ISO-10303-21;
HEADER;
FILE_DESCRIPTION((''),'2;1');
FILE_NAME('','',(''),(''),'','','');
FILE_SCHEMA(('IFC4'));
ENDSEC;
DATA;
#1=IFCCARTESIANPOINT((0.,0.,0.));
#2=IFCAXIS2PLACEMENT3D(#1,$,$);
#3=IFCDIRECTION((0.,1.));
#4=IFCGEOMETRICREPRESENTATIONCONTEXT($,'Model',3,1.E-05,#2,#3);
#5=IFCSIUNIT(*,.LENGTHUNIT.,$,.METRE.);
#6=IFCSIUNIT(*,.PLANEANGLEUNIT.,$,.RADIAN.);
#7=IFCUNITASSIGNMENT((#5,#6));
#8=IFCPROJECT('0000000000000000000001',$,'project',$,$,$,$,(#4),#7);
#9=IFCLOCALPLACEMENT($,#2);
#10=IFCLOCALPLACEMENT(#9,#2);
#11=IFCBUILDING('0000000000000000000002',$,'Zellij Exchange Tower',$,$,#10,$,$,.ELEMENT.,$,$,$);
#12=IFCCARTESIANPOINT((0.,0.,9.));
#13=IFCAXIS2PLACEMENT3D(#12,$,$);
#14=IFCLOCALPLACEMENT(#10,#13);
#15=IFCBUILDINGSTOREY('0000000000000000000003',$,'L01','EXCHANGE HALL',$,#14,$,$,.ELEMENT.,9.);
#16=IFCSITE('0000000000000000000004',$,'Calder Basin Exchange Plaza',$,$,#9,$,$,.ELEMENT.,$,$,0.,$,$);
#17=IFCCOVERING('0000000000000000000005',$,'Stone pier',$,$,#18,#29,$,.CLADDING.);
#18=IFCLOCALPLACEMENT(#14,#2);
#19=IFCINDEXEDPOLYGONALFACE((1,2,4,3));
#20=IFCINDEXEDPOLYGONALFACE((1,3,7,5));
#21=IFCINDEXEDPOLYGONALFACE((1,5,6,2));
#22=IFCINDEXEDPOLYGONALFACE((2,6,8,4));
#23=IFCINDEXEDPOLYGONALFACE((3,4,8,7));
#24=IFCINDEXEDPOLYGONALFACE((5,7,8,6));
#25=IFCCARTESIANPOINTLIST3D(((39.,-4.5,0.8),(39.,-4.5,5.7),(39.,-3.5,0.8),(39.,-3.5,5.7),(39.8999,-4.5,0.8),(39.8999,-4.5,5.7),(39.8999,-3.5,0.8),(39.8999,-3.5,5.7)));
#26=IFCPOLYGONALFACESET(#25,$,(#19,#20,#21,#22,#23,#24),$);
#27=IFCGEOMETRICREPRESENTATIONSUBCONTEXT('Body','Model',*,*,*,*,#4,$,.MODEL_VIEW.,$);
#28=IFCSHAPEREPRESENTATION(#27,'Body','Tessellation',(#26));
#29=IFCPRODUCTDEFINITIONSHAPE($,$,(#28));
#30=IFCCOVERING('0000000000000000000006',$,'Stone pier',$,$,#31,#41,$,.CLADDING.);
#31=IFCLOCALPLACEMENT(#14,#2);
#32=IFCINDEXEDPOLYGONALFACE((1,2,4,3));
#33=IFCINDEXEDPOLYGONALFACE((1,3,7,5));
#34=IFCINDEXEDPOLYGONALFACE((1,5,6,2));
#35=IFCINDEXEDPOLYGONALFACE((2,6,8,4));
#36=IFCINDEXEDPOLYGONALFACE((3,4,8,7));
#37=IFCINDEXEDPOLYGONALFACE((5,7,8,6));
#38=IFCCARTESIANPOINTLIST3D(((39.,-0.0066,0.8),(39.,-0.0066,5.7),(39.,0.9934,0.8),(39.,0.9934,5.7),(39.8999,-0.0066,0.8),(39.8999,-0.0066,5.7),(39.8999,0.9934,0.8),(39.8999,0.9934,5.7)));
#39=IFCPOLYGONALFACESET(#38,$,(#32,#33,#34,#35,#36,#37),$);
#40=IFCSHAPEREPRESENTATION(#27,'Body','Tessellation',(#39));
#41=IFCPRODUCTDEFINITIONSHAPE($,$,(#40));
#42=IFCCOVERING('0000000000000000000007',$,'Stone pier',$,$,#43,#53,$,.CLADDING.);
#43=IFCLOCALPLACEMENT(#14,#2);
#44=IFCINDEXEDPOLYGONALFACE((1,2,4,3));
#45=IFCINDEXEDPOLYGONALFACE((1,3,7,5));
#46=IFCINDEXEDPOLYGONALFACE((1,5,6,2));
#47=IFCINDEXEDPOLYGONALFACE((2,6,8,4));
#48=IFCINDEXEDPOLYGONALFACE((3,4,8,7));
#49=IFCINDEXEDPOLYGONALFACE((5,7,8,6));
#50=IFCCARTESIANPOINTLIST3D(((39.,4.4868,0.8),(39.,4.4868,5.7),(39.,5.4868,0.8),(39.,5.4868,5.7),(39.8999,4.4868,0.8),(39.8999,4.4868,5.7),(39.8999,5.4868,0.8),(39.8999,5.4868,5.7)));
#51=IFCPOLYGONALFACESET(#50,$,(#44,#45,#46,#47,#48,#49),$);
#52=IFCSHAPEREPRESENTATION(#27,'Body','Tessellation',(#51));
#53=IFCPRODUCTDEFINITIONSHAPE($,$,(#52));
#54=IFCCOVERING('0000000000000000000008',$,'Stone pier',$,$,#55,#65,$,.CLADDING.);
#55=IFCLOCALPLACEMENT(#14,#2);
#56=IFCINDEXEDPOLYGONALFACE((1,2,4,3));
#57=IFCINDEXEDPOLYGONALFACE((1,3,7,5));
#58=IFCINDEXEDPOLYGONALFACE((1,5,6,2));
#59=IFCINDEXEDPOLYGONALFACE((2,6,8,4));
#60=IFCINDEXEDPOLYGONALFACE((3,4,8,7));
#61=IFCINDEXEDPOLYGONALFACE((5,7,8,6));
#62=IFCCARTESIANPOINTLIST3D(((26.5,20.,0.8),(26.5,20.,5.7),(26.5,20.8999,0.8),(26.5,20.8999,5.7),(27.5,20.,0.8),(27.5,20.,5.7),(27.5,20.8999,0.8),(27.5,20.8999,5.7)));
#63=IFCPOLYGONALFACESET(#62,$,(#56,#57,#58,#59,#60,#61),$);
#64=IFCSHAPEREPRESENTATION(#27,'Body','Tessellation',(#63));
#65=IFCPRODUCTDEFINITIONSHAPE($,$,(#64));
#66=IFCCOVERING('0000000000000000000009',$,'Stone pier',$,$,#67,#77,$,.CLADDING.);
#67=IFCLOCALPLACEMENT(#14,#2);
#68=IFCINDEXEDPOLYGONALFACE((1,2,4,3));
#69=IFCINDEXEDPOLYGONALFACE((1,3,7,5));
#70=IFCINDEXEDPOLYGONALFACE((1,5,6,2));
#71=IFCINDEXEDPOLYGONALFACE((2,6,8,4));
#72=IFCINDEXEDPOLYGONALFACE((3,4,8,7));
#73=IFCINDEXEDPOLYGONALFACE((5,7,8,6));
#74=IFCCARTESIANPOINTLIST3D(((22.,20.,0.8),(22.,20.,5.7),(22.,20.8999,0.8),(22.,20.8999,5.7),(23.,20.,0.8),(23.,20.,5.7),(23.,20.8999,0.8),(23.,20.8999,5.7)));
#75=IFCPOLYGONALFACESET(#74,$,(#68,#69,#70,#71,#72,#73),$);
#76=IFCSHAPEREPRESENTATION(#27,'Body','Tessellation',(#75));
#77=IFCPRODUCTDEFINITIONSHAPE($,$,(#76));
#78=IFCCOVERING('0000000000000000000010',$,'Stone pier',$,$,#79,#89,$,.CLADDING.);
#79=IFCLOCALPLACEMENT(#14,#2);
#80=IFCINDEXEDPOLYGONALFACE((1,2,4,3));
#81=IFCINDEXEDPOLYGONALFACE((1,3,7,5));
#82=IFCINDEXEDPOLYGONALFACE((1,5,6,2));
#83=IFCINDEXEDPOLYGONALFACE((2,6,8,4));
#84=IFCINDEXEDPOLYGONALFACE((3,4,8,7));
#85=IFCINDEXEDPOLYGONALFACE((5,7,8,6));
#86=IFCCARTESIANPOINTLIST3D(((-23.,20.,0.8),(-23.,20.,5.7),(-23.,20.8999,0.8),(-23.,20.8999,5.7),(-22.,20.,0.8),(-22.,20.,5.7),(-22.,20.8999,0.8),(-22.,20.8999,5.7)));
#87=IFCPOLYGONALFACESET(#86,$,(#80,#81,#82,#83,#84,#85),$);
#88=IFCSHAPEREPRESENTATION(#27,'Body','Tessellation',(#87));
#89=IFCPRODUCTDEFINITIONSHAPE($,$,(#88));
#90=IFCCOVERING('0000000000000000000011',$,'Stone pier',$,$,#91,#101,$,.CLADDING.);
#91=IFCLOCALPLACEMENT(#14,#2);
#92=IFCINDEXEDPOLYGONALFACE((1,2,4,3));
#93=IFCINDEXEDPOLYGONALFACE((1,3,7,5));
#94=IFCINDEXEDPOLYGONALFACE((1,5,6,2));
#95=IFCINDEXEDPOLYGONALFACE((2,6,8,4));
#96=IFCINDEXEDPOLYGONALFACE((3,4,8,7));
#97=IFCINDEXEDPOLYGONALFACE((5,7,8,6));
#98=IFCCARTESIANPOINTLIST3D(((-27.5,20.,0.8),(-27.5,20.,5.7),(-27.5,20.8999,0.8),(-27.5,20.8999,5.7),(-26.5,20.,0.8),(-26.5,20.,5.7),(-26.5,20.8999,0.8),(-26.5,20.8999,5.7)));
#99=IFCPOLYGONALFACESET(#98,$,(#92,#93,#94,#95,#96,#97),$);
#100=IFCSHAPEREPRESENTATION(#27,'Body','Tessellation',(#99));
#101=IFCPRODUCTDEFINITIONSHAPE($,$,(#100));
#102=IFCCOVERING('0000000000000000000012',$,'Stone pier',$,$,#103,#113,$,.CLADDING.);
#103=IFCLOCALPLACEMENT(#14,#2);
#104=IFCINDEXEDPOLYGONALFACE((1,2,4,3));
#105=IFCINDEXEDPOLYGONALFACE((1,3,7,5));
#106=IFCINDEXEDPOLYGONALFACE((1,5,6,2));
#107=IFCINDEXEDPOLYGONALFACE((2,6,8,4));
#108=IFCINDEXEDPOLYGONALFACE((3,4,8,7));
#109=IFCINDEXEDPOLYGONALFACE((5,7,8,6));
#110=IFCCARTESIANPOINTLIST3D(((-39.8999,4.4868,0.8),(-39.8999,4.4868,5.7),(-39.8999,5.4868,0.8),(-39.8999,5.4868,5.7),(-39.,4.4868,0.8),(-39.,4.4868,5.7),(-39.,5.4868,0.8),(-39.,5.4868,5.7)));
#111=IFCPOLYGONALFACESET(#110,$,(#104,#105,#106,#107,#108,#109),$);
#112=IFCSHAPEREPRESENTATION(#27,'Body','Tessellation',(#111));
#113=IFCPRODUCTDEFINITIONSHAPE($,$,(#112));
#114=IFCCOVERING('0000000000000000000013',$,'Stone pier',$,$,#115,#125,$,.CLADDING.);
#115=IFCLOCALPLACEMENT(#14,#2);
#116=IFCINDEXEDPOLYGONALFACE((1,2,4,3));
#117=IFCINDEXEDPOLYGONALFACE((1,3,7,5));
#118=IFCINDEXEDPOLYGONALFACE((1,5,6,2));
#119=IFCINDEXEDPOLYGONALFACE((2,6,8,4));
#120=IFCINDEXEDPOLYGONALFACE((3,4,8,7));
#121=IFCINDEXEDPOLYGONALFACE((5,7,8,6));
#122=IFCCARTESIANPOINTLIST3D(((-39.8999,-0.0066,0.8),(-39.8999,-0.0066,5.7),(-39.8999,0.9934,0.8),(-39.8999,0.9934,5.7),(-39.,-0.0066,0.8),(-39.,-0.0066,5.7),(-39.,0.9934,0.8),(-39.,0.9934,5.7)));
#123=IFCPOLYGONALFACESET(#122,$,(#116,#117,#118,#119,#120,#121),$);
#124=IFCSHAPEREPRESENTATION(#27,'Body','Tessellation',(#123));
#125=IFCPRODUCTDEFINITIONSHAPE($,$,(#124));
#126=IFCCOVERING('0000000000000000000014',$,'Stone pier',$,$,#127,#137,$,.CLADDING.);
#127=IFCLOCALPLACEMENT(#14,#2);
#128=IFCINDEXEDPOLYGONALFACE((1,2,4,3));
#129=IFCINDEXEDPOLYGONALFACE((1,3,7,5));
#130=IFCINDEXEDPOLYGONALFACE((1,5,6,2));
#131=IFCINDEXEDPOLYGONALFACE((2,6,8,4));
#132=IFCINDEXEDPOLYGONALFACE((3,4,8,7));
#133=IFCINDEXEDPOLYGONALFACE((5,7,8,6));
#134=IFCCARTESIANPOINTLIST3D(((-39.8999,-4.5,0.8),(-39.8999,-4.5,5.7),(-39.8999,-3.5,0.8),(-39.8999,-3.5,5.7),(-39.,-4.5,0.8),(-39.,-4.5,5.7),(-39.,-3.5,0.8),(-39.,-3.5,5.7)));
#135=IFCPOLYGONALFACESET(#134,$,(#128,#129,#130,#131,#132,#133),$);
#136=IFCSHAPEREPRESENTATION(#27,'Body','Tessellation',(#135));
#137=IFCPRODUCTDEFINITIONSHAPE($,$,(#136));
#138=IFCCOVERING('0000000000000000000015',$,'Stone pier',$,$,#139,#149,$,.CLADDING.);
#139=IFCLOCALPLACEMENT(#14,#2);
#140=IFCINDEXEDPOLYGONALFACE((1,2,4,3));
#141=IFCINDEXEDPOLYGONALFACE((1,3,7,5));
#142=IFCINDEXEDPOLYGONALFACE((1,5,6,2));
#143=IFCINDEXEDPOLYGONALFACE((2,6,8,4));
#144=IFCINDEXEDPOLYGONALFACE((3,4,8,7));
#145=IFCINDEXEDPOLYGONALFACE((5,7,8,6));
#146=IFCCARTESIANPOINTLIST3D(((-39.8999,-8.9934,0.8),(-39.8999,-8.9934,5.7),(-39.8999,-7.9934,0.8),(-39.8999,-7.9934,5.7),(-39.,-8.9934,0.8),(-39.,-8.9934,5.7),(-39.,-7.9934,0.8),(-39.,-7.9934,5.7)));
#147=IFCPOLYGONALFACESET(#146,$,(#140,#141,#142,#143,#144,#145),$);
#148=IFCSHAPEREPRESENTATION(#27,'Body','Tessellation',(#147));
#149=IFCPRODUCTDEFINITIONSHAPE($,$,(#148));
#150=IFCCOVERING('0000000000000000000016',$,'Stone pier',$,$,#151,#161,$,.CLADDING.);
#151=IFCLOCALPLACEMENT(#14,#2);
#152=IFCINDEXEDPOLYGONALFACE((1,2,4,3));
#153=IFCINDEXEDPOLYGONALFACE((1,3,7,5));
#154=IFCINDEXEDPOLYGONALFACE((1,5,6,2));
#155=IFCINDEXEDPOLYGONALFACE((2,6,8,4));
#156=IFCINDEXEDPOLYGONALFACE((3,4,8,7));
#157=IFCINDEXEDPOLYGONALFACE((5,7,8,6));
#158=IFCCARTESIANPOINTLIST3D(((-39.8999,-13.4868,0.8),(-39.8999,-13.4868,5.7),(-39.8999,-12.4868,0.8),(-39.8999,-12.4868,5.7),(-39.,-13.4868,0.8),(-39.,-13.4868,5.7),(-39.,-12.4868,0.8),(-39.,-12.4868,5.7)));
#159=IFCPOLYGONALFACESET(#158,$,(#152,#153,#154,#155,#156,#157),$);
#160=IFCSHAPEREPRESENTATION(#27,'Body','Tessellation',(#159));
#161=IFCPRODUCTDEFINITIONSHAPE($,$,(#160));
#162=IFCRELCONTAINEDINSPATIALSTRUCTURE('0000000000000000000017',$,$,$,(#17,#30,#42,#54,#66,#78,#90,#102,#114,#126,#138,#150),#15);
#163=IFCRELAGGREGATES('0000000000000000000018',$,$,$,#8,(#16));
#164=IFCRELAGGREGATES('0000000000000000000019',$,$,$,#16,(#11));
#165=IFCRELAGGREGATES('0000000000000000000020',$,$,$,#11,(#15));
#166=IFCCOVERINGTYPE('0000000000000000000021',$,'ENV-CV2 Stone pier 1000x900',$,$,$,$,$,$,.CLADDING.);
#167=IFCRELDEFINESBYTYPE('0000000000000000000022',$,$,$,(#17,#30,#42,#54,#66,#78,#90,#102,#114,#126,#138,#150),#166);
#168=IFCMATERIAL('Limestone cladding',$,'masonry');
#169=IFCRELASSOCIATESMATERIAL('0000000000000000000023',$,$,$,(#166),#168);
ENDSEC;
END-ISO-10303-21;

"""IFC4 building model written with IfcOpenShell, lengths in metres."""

from ifc_helpers import new_model, si_unit, direction, frame, origin, place, context, subcontext, project, spatial, polyline, outline, extrude, material, type_object, element, save


model = new_model("IFC4")

# Units and contexts
model_context = context("Model", 3, precision=1e-05, world=origin(), true_north=direction((0.0, 1.0)))
body_context = subcontext(model_context, "Body", "Model", "MODEL_VIEW")
ifc_project = project(units=[si_unit("LENGTHUNIT", "METRE"), si_unit("PLANEANGLEUNIT", "RADIAN")], contexts=[model_context])

# Site, building, storey
site_placement = place(None, origin())
site = spatial("IfcSite", under=ifc_project, at=site_placement, Name="Calder Basin Exchange Plaza", CompositionType="ELEMENT", RefElevation=0.0)
building_placement = place(site_placement, origin())
building = spatial("IfcBuilding", under=site, at=building_placement, Name="Zellij Exchange Tower", CompositionType="ELEMENT")
storey_placement = place(building_placement, frame((0.0, 0.0, 9.0)))
storey = spatial("IfcBuildingStorey", under=building, at=storey_placement, Name="L01", Description="EXCHANGE HALL", CompositionType="ELEMENT", Elevation=9.0)

# Coverings
ifc_material_1 = material(Name="Limestone cladding", Category="masonry")
covering_type_1 = type_object("IfcCoveringType", Name="ENV-CV2 Stone pier 1000x900", PredefinedType="CLADDING", material=ifc_material_1)
covering_1_placement = place(storey_placement, frame((0.0, 0.0, 0.8)))
element("IfcCovering", 1, at=covering_1_placement, inside=storey, type_object=covering_type_1, Name="Stone pier", PredefinedType="CLADDING", context=body_context, shape_type="SweptSolid", body=[
    extrude(outline(polyline([(39.0, -4.5), (39.0, -3.5), (39.8999, -3.5), (39.8999, -4.5), (39.0, -4.5)])), origin(), (0.0, 0.0, 1.0), 4.8999),
])
covering_2_placement = place(storey_placement, frame((0.0, 0.0, 0.8)))
element("IfcCovering", 2, at=covering_2_placement, inside=storey, type_object=covering_type_1, Name="Stone pier", PredefinedType="CLADDING", context=body_context, shape_type="SweptSolid", body=[
    extrude(outline(polyline([(39.0, -0.0066), (39.0, 0.9934), (39.8999, 0.9934), (39.8999, -0.0066), (39.0, -0.0066)])), origin(), (0.0, 0.0, 1.0), 4.8999),
])
covering_3_placement = place(storey_placement, frame((0.0, 0.0, 0.8)))
element("IfcCovering", 3, at=covering_3_placement, inside=storey, type_object=covering_type_1, Name="Stone pier", PredefinedType="CLADDING", context=body_context, shape_type="SweptSolid", body=[
    extrude(outline(polyline([(39.0, 4.4868), (39.0, 5.4868), (39.8999, 5.4868), (39.8999, 4.4868), (39.0, 4.4868)])), origin(), (0.0, 0.0, 1.0), 4.8999),
])
covering_4_placement = place(storey_placement, frame((0.0, 0.0, 0.8)))
element("IfcCovering", 4, at=covering_4_placement, inside=storey, type_object=covering_type_1, Name="Stone pier", PredefinedType="CLADDING", context=body_context, shape_type="SweptSolid", body=[
    extrude(outline(polyline([(27.5, 20.0), (26.5, 20.0), (26.5, 20.8999), (27.5, 20.8999), (27.5, 20.0)])), origin(), (0.0, 0.0, 1.0), 4.8999),
])
covering_5_placement = place(storey_placement, frame((0.0, 0.0, 0.8)))
element("IfcCovering", 5, at=covering_5_placement, inside=storey, type_object=covering_type_1, Name="Stone pier", PredefinedType="CLADDING", context=body_context, shape_type="SweptSolid", body=[
    extrude(outline(polyline([(23.0, 20.0), (22.0, 20.0), (22.0, 20.8999), (23.0, 20.8999), (23.0, 20.0)])), origin(), (0.0, 0.0, 1.0), 4.8999),
])
covering_6_placement = place(storey_placement, frame((0.0, 0.0, 0.8)))
element("IfcCovering", 6, at=covering_6_placement, inside=storey, type_object=covering_type_1, Name="Stone pier", PredefinedType="CLADDING", context=body_context, shape_type="SweptSolid", body=[
    extrude(outline(polyline([(-22.0, 20.0), (-23.0, 20.0), (-23.0, 20.8999), (-22.0, 20.8999), (-22.0, 20.0)])), origin(), (0.0, 0.0, 1.0), 4.8999),
])
covering_7_placement = place(storey_placement, frame((0.0, 0.0, 0.8)))
element("IfcCovering", 7, at=covering_7_placement, inside=storey, type_object=covering_type_1, Name="Stone pier", PredefinedType="CLADDING", context=body_context, shape_type="SweptSolid", body=[
    extrude(outline(polyline([(-26.5, 20.0), (-27.5, 20.0), (-27.5, 20.8999), (-26.5, 20.8999), (-26.5, 20.0)])), origin(), (0.0, 0.0, 1.0), 4.8999),
])
covering_8_placement = place(storey_placement, frame((0.0, 0.0, 0.8)))
element("IfcCovering", 8, at=covering_8_placement, inside=storey, type_object=covering_type_1, Name="Stone pier", PredefinedType="CLADDING", context=body_context, shape_type="SweptSolid", body=[
    extrude(outline(polyline([(-39.0, 5.4868), (-39.0, 4.4868), (-39.8999, 4.4868), (-39.8999, 5.4868), (-39.0, 5.4868)])), origin(), (0.0, 0.0, 1.0), 4.8999),
])
covering_9_placement = place(storey_placement, frame((0.0, 0.0, 0.8)))
element("IfcCovering", 9, at=covering_9_placement, inside=storey, type_object=covering_type_1, Name="Stone pier", PredefinedType="CLADDING", context=body_context, shape_type="SweptSolid", body=[
    extrude(outline(polyline([(-39.0, 0.9934), (-39.0, -0.0066), (-39.8999, -0.0066), (-39.8999, 0.9934), (-39.0, 0.9934)])), origin(), (0.0, 0.0, 1.0), 4.8999),
])
covering_10_placement = place(storey_placement, frame((0.0, 0.0, 0.8)))
element("IfcCovering", 10, at=covering_10_placement, inside=storey, type_object=covering_type_1, Name="Stone pier", PredefinedType="CLADDING", context=body_context, shape_type="SweptSolid", body=[
    extrude(outline(polyline([(-39.0, -3.5), (-39.0, -4.5), (-39.8999, -4.5), (-39.8999, -3.5), (-39.0, -3.5)])), origin(), (0.0, 0.0, 1.0), 4.8999),
])
covering_11_placement = place(storey_placement, frame((0.0, 0.0, 0.8)))
element("IfcCovering", 11, at=covering_11_placement, inside=storey, type_object=covering_type_1, Name="Stone pier", PredefinedType="CLADDING", context=body_context, shape_type="SweptSolid", body=[
    extrude(outline(polyline([(-39.0, -7.9934), (-39.0, -8.9934), (-39.8999, -8.9934), (-39.8999, -7.9934), (-39.0, -7.9934)])), origin(), (0.0, 0.0, 1.0), 4.8999),
])
covering_12_placement = place(storey_placement, frame((0.0, 0.0, 0.8)))
element("IfcCovering", 12, at=covering_12_placement, inside=storey, type_object=covering_type_1, Name="Stone pier", PredefinedType="CLADDING", context=body_context, shape_type="SweptSolid", body=[
    extrude(outline(polyline([(-39.0, -12.4868), (-39.0, -13.4868), (-39.8999, -13.4868), (-39.8999, -12.4868), (-39.0, -12.4868)])), origin(), (0.0, 0.0, 1.0), 4.8999),
])

save(model, "model.ifc")
